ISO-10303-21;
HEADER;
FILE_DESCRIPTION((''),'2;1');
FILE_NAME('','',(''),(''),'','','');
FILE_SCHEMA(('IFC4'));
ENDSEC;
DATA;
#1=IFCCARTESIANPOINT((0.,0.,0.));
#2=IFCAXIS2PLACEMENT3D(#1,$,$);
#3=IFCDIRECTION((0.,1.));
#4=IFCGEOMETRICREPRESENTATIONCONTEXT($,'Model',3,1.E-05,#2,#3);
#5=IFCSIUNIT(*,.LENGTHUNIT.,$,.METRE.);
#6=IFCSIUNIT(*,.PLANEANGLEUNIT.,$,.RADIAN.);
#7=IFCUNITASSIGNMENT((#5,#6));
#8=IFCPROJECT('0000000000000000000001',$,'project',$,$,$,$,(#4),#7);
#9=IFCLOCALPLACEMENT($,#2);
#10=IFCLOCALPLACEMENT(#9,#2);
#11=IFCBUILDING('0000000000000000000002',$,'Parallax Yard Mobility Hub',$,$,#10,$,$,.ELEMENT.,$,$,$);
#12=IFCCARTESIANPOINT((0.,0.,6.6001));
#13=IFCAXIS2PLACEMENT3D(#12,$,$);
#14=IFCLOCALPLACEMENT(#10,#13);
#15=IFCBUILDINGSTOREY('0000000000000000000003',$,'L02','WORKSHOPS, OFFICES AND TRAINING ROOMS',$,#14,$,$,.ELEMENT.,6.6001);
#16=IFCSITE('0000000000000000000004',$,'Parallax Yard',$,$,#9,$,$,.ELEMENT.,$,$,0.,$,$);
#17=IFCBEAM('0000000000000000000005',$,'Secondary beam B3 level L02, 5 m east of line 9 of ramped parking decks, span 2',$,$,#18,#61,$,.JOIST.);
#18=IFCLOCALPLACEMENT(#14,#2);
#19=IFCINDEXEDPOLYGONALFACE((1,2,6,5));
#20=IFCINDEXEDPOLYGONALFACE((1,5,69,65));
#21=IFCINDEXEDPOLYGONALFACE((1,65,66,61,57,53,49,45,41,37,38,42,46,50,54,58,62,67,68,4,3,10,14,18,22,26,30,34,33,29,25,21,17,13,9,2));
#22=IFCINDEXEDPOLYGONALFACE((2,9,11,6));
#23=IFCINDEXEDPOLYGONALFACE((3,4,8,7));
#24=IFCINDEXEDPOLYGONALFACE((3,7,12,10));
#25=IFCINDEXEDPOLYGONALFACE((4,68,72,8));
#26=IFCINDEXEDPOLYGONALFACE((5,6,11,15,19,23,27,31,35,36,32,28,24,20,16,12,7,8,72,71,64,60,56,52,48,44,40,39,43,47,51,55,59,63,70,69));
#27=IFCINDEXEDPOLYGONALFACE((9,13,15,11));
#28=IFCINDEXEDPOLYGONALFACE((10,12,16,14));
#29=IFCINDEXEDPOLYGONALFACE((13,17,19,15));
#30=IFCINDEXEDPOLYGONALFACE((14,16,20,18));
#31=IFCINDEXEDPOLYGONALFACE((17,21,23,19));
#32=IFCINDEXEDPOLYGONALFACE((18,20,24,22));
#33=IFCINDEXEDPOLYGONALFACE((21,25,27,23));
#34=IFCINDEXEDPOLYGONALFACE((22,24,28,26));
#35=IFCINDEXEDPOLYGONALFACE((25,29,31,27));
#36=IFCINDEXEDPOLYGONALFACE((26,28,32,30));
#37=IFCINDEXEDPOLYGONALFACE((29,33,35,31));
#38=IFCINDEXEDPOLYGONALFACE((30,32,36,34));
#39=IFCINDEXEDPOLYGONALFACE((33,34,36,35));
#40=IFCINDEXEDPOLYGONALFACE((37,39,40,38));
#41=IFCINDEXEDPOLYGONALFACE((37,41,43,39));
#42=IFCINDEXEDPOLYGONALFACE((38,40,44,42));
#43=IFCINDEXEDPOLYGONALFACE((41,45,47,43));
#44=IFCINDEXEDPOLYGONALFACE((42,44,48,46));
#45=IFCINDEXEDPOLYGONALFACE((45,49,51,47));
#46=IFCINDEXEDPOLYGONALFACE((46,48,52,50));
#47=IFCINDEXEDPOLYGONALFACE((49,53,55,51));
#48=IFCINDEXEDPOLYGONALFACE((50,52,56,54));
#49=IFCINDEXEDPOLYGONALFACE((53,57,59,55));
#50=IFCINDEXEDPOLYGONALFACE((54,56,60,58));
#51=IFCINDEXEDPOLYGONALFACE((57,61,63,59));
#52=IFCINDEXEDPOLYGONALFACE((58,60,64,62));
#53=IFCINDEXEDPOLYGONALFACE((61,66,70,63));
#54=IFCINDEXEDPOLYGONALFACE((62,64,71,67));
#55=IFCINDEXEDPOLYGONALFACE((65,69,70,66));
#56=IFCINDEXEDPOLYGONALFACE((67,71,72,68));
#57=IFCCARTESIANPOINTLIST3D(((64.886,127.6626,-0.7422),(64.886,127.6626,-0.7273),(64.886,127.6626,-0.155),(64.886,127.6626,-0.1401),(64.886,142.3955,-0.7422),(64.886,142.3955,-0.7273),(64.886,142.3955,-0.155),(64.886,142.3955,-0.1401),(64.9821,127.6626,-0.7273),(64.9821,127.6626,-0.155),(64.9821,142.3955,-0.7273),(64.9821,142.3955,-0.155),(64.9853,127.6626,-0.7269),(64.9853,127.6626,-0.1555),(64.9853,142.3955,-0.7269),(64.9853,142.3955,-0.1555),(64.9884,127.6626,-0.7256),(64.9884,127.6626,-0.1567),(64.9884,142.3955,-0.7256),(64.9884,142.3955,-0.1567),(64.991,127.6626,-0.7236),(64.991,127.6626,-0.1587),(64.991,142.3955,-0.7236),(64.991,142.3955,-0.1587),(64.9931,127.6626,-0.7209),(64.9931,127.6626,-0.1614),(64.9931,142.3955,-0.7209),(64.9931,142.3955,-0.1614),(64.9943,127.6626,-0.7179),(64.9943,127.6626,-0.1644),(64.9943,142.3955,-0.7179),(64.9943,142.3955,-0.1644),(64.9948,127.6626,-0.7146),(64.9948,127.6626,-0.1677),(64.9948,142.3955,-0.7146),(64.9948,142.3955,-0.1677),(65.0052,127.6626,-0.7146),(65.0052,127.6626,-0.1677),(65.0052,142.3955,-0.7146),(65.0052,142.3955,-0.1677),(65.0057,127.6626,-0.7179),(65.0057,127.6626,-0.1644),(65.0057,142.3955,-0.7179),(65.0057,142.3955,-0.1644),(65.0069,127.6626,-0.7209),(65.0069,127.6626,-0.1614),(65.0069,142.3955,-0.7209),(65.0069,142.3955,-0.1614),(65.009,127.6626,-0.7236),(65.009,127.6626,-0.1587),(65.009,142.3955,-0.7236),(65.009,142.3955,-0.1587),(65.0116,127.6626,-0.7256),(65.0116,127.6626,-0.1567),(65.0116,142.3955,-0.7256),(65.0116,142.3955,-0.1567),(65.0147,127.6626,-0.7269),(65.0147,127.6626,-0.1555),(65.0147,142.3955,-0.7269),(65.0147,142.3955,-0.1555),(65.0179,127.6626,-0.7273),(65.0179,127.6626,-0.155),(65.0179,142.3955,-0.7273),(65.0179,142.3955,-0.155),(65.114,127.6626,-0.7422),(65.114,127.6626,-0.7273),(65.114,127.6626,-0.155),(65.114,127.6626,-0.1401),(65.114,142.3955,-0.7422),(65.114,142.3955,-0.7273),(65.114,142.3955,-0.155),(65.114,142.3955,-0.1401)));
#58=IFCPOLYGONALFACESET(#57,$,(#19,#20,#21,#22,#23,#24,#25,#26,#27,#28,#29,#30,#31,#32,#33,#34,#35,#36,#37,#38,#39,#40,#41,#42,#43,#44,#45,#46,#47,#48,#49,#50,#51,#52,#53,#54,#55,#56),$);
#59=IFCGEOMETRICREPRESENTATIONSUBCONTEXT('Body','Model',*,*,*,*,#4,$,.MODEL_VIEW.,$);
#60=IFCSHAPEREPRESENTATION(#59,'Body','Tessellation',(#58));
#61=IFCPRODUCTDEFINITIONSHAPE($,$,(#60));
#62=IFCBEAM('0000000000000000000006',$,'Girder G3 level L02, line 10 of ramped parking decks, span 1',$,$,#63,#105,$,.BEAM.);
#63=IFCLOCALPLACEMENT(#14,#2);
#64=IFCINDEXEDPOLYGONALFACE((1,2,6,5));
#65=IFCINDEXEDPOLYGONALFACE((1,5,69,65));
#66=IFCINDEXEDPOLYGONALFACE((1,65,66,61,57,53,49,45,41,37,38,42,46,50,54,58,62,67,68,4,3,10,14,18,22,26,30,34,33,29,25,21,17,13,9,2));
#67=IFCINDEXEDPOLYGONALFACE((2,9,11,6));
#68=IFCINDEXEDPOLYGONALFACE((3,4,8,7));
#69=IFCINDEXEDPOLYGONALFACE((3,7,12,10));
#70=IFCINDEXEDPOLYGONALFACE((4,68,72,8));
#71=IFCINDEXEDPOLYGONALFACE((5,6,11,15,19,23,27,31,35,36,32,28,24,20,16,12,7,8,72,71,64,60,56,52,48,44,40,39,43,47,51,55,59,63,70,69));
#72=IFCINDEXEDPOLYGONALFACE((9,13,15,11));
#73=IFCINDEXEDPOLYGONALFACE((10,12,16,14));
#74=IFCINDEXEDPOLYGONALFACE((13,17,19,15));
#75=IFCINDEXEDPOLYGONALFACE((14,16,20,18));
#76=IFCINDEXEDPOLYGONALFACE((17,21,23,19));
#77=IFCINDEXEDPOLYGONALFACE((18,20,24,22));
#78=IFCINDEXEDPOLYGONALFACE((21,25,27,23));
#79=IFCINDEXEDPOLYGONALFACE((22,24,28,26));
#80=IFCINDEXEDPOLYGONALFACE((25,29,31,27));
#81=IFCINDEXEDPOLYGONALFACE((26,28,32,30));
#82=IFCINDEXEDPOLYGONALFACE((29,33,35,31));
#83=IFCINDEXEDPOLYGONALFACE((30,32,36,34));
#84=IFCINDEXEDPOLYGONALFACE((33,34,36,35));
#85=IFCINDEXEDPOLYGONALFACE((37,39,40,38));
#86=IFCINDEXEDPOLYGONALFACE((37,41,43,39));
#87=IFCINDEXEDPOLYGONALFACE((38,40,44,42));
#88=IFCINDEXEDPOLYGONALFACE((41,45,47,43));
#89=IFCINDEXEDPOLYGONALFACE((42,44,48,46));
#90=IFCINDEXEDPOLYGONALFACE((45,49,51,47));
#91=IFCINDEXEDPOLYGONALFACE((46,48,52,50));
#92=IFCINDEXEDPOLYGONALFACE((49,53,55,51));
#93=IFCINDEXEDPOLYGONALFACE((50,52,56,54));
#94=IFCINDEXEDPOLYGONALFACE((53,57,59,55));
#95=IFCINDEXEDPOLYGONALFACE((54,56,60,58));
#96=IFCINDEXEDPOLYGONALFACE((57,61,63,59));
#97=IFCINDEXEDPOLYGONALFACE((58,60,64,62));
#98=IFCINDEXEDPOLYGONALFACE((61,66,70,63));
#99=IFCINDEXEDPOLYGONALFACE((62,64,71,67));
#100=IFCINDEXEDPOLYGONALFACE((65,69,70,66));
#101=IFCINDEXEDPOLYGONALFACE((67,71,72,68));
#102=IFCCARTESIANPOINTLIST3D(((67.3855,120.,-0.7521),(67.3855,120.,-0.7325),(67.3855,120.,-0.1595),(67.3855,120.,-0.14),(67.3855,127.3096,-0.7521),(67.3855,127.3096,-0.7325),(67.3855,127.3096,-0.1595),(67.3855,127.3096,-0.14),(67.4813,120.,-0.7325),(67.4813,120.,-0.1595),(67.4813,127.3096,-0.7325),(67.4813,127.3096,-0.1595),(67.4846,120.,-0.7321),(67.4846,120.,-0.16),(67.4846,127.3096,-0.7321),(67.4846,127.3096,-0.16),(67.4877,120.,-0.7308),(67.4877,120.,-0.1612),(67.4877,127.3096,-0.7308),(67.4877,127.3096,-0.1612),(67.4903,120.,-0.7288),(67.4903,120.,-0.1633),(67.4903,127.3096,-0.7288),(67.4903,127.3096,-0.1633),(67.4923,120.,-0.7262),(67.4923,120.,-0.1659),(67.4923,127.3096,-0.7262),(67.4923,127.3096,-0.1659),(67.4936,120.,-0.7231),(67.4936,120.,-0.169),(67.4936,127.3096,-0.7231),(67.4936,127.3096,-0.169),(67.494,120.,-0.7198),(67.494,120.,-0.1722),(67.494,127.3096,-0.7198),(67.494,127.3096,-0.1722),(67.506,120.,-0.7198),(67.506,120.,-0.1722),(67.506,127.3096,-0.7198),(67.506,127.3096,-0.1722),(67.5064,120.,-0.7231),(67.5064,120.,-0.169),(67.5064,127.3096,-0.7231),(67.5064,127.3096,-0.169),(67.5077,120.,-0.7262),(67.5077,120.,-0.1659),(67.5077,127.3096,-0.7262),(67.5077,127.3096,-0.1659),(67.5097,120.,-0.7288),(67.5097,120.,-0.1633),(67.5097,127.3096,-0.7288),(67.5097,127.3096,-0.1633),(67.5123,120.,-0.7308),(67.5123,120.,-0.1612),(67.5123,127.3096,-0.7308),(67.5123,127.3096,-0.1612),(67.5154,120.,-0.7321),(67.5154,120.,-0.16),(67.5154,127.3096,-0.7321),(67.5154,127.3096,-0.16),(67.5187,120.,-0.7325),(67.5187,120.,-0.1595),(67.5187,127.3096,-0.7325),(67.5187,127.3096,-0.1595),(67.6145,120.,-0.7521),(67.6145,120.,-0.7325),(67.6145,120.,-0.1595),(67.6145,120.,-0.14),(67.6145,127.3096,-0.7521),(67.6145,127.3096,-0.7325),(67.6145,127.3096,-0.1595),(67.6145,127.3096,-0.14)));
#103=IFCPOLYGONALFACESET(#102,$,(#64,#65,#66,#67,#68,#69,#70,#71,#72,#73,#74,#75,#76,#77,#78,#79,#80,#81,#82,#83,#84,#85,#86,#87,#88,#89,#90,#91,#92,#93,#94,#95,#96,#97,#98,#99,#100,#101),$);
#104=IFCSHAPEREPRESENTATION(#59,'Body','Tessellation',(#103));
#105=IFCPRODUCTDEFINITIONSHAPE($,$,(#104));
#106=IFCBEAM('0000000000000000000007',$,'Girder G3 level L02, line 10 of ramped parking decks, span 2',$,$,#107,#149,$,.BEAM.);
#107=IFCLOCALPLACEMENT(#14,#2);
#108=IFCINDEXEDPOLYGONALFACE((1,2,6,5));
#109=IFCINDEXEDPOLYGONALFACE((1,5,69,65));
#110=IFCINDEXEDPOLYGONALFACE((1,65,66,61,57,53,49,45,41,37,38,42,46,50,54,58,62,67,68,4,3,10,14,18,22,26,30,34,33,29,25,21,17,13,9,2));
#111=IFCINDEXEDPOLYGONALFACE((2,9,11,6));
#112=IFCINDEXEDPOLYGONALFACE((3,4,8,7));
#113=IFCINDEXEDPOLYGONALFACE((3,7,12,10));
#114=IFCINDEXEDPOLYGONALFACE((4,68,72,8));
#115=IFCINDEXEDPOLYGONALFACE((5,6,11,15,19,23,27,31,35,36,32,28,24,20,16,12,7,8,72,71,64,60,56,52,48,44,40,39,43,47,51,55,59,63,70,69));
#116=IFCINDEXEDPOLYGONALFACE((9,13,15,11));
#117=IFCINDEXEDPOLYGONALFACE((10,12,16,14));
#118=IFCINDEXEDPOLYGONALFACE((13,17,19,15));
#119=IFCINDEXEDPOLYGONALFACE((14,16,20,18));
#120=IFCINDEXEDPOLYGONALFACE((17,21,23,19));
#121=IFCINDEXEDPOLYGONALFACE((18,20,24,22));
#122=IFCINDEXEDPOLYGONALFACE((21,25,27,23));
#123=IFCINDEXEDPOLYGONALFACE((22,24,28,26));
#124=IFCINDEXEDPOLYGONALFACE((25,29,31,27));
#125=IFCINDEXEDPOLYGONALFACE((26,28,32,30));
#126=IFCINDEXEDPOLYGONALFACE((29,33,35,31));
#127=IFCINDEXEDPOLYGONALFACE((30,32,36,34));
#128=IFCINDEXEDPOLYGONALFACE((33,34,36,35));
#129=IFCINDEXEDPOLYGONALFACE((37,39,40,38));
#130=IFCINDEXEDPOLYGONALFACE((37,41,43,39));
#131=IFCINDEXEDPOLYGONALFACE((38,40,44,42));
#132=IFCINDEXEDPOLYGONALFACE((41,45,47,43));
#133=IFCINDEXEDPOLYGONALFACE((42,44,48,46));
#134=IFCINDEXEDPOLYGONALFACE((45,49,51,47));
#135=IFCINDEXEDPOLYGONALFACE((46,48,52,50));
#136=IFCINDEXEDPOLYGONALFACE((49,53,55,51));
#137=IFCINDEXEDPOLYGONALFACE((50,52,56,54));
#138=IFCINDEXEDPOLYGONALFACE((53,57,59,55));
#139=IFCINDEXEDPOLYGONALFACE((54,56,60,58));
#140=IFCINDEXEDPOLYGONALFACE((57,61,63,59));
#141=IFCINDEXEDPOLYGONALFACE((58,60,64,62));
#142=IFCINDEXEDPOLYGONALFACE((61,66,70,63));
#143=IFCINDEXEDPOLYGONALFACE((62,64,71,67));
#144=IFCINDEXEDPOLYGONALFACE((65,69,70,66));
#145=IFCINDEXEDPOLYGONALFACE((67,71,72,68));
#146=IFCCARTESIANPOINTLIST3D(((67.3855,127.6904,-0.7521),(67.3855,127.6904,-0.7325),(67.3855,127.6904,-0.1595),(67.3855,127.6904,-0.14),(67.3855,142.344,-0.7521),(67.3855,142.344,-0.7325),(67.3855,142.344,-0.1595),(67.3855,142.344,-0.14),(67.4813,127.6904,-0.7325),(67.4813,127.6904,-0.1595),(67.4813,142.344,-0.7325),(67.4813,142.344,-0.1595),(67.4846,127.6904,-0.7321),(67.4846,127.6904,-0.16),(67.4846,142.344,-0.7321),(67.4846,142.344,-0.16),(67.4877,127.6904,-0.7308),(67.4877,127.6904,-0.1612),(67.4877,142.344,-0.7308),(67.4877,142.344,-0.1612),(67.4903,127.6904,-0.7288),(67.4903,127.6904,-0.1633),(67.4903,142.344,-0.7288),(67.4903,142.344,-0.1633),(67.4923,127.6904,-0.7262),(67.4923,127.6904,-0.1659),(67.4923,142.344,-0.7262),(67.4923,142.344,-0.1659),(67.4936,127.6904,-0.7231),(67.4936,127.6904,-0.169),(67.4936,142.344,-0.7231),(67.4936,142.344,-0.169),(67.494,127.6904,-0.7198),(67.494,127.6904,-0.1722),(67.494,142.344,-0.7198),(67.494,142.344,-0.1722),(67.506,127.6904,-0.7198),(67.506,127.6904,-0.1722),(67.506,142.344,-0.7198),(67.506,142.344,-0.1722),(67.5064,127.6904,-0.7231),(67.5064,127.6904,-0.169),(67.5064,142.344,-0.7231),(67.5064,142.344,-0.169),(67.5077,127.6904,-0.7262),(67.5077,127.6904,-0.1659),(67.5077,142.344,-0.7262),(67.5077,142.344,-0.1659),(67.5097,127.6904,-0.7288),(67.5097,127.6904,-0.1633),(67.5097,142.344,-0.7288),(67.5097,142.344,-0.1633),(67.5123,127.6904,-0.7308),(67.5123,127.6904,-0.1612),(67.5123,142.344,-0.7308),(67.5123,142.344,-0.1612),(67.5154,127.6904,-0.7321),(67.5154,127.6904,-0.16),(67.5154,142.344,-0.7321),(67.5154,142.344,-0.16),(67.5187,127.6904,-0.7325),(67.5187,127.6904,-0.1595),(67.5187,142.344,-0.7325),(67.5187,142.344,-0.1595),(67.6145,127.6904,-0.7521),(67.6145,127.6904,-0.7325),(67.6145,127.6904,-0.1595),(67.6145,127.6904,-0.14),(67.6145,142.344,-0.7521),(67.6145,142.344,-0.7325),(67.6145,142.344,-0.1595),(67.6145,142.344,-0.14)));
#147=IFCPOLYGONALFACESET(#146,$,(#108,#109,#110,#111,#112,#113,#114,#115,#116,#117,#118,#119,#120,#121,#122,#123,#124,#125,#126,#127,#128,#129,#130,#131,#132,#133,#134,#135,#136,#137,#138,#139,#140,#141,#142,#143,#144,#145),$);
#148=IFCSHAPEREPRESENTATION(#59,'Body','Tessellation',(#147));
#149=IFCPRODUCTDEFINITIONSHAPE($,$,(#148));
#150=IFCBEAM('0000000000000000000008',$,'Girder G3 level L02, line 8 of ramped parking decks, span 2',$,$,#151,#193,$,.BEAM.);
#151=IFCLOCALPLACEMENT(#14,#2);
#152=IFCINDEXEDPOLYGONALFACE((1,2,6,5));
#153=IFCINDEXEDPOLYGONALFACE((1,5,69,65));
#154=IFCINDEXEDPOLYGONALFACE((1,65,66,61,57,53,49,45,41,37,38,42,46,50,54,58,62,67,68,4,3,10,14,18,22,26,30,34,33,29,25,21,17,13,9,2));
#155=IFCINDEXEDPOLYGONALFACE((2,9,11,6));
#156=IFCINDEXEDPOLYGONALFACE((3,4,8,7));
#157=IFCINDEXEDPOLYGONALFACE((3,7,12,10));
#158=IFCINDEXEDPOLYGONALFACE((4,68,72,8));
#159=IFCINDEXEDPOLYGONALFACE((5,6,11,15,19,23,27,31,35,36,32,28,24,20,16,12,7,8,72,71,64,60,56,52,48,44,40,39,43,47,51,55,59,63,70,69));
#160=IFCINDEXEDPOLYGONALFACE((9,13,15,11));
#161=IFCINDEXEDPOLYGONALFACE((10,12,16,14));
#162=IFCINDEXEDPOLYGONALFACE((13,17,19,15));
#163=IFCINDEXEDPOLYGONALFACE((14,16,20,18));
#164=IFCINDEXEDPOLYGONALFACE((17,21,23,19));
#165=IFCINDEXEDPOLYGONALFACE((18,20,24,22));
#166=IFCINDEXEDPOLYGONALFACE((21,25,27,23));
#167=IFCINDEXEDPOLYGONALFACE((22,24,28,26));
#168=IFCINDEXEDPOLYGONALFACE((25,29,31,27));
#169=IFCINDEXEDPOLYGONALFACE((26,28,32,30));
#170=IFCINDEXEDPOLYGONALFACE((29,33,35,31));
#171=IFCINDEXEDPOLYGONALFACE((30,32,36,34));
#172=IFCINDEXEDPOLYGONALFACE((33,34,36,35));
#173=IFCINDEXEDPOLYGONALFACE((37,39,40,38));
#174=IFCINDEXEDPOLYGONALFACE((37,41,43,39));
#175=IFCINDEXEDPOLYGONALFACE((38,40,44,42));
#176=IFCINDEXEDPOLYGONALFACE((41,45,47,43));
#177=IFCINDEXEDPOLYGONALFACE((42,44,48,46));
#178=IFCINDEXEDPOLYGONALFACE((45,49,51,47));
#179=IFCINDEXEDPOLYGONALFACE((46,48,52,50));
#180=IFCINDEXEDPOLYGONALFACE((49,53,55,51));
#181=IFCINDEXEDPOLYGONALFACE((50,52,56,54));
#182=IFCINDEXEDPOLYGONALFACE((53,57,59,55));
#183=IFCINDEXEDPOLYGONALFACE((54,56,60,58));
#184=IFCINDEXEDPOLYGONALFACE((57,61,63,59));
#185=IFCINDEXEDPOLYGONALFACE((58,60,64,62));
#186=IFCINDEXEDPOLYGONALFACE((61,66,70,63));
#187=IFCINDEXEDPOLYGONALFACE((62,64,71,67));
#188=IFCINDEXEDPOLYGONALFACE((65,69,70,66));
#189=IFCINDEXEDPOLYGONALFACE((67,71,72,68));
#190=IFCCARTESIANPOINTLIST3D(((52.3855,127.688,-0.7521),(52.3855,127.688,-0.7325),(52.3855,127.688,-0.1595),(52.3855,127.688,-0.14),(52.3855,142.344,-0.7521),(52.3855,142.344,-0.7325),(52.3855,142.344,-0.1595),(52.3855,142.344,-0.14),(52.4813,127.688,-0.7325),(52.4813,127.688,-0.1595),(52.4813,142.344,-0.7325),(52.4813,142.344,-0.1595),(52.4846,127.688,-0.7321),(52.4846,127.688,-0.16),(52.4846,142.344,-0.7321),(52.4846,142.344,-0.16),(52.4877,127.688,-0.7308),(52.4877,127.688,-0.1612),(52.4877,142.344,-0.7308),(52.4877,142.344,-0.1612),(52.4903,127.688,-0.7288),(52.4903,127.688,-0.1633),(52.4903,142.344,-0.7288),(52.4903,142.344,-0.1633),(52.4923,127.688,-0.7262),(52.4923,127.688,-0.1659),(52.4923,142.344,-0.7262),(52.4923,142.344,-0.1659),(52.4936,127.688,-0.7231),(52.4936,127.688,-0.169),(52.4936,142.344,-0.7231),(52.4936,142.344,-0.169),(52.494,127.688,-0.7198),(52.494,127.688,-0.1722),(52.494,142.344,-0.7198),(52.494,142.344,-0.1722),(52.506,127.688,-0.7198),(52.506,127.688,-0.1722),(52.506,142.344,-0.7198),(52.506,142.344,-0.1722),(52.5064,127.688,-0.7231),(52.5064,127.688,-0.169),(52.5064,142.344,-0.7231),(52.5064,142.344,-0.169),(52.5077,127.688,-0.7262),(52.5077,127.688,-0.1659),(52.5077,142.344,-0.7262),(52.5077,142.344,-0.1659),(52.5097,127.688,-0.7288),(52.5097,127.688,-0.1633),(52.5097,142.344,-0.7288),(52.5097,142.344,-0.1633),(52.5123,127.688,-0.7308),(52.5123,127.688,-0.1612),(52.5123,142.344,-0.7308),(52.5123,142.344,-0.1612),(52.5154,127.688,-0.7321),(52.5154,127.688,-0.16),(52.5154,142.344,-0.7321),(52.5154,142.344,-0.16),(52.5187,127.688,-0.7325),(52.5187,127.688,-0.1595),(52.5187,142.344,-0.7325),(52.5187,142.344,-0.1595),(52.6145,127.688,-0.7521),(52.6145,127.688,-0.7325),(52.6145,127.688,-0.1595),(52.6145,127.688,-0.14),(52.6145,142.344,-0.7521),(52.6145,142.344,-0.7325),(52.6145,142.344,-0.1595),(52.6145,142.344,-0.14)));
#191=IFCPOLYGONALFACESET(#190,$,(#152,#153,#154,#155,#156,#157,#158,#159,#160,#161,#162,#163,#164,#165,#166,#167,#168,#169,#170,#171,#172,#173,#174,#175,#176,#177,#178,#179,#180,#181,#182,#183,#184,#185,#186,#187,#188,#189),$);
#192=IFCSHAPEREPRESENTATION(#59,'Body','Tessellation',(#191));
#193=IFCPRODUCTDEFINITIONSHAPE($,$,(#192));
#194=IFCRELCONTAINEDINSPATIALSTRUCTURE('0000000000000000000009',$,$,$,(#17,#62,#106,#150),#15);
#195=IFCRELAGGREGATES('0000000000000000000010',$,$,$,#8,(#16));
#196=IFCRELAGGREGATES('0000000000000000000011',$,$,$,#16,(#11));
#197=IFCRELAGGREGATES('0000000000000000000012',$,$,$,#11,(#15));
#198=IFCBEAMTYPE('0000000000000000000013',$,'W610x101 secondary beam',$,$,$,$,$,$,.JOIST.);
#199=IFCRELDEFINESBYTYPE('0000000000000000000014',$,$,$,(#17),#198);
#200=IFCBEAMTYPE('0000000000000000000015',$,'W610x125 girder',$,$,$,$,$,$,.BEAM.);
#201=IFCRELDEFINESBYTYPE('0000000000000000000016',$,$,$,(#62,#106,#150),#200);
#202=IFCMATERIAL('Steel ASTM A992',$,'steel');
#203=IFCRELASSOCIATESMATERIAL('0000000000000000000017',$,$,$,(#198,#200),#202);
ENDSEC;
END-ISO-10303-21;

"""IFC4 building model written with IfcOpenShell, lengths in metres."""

from ifc_helpers import new_model, si_unit, direction, frame, origin, origin_2d, place, context, subcontext, project, spatial, i_section, extrude, material, material_profile, profile_set, type_object, element, save


model = new_model("IFC4")

# Units and contexts
model_context = context("Model", 3, precision=1e-05, world=origin(), true_north=direction((0.0, 1.0)))
body_context = subcontext(model_context, "Body", "Model", "MODEL_VIEW")
ifc_project = project(units=[si_unit("LENGTHUNIT", "METRE"), si_unit("PLANEANGLEUNIT", "RADIAN")], contexts=[model_context])

# Site, building, storey
site_placement = place(None, origin())
site = spatial("IfcSite", under=ifc_project, at=site_placement, Name="Parallax Yard", CompositionType="ELEMENT", RefElevation=0.0)
building_placement = place(site_placement, origin())
building = spatial("IfcBuilding", under=site, at=building_placement, Name="Parallax Yard Mobility Hub", CompositionType="ELEMENT")
storey_placement = place(building_placement, frame((0.0, 0.0, 6.6001)))
storey = spatial("IfcBuildingStorey", under=building, at=storey_placement, Name="L02", Description="WORKSHOPS, OFFICES AND TRAINING ROOMS", CompositionType="ELEMENT", Elevation=6.6001)

# Shared definitions
ifc_material_1 = material(Name="Steel ASTM A992", Category="steel")

# Beams
ifc_material_profile_1 = material_profile(ifc_material_1, i_section(OverallWidth=0.228, OverallDepth=0.6021, WebThickness=0.0105, FlangeThickness=0.0149, FilletRadius=0.0127, at=origin_2d()), Name="W610x101")
ifc_profile_set_1 = profile_set([ifc_material_profile_1], Name="Steel ASTM A992")
beam_type_1 = type_object("IfcBeamType", Name="W610x101 secondary beam", PredefinedType="JOIST", material=ifc_profile_set_1)
for number, where, z_axis, x_axis, name in (
    (1, (65.0, 127.6626, -0.4412), (0.0, 1.0, 0.0), (-1.0, 0.0, 0.0), "Secondary beam B3 level L02, 5 m east of line 9 of ramped parking decks, span 2"),
):
    element("IfcBeam", number, at=place(storey_placement, frame(where, z_axis=z_axis, x_axis=x_axis)), inside=storey, type_object=beam_type_1, Name=name, PredefinedType="JOIST", context=body_context, shape_type="SweptSolid", body=[
        extrude(i_section(OverallWidth=0.228, OverallDepth=0.6021, WebThickness=0.0105, FlangeThickness=0.0149, FilletRadius=0.0127, at=origin_2d()), origin(), (0.0, 0.0, 1.0), 14.7329),
    ])
ifc_material_profile_2 = material_profile(ifc_material_1, i_section(OverallWidth=0.229, OverallDepth=0.6121, WebThickness=0.012, FlangeThickness=0.0195, FilletRadius=0.0127, at=origin_2d()), Name="W610x125")
ifc_profile_set_2 = profile_set([ifc_material_profile_2], Name="Steel ASTM A992")
beam_type_2 = type_object("IfcBeamType", Name="W610x125 girder", PredefinedType="BEAM", material=ifc_profile_set_2)
beam_1_placement = place(storey_placement, frame((67.5, 120.0, -0.446), z_axis=(0.0, 1.0, 0.0), x_axis=(-1.0, 0.0, 0.0)))
element("IfcBeam", 2, at=beam_1_placement, inside=storey, type_object=beam_type_2, Name="Girder G3 level L02, line 10 of ramped parking decks, span 1", PredefinedType="BEAM", context=body_context, shape_type="SweptSolid", body=[
    extrude(i_section(OverallWidth=0.229, OverallDepth=0.6121, WebThickness=0.012, FlangeThickness=0.0195, FilletRadius=0.0127, at=origin_2d()), origin(), (0.0, 0.0, 1.0), 7.3096),
])
beam_2_placement = place(storey_placement, frame((67.5, 127.6904, -0.446), z_axis=(0.0, 1.0, 0.0), x_axis=(-1.0, 0.0, 0.0)))
element("IfcBeam", 3, at=beam_2_placement, inside=storey, type_object=beam_type_2, Name="Girder G3 level L02, line 10 of ramped parking decks, span 2", PredefinedType="BEAM", context=body_context, shape_type="SweptSolid", body=[
    extrude(i_section(OverallWidth=0.229, OverallDepth=0.6121, WebThickness=0.012, FlangeThickness=0.0195, FilletRadius=0.0127, at=origin_2d()), origin(), (0.0, 0.0, 1.0), 14.6536),
])
for number, where, z_axis, x_axis, name in (
    (4, (52.5, 127.688, -0.446), (0.0, 1.0, 0.0), (-1.0, 0.0, 0.0), "Girder G3 level L02, line 8 of ramped parking decks, span 2"),
):
    element("IfcBeam", number, at=place(storey_placement, frame(where, z_axis=z_axis, x_axis=x_axis)), inside=storey, type_object=beam_type_2, Name=name, PredefinedType="BEAM", context=body_context, shape_type="SweptSolid", body=[
        extrude(i_section(OverallWidth=0.229, OverallDepth=0.6121, WebThickness=0.012, FlangeThickness=0.0195, FilletRadius=0.0127, at=origin_2d()), origin(), (0.0, 0.0, 1.0), 14.656),
    ])

save(model, "model.ifc")
